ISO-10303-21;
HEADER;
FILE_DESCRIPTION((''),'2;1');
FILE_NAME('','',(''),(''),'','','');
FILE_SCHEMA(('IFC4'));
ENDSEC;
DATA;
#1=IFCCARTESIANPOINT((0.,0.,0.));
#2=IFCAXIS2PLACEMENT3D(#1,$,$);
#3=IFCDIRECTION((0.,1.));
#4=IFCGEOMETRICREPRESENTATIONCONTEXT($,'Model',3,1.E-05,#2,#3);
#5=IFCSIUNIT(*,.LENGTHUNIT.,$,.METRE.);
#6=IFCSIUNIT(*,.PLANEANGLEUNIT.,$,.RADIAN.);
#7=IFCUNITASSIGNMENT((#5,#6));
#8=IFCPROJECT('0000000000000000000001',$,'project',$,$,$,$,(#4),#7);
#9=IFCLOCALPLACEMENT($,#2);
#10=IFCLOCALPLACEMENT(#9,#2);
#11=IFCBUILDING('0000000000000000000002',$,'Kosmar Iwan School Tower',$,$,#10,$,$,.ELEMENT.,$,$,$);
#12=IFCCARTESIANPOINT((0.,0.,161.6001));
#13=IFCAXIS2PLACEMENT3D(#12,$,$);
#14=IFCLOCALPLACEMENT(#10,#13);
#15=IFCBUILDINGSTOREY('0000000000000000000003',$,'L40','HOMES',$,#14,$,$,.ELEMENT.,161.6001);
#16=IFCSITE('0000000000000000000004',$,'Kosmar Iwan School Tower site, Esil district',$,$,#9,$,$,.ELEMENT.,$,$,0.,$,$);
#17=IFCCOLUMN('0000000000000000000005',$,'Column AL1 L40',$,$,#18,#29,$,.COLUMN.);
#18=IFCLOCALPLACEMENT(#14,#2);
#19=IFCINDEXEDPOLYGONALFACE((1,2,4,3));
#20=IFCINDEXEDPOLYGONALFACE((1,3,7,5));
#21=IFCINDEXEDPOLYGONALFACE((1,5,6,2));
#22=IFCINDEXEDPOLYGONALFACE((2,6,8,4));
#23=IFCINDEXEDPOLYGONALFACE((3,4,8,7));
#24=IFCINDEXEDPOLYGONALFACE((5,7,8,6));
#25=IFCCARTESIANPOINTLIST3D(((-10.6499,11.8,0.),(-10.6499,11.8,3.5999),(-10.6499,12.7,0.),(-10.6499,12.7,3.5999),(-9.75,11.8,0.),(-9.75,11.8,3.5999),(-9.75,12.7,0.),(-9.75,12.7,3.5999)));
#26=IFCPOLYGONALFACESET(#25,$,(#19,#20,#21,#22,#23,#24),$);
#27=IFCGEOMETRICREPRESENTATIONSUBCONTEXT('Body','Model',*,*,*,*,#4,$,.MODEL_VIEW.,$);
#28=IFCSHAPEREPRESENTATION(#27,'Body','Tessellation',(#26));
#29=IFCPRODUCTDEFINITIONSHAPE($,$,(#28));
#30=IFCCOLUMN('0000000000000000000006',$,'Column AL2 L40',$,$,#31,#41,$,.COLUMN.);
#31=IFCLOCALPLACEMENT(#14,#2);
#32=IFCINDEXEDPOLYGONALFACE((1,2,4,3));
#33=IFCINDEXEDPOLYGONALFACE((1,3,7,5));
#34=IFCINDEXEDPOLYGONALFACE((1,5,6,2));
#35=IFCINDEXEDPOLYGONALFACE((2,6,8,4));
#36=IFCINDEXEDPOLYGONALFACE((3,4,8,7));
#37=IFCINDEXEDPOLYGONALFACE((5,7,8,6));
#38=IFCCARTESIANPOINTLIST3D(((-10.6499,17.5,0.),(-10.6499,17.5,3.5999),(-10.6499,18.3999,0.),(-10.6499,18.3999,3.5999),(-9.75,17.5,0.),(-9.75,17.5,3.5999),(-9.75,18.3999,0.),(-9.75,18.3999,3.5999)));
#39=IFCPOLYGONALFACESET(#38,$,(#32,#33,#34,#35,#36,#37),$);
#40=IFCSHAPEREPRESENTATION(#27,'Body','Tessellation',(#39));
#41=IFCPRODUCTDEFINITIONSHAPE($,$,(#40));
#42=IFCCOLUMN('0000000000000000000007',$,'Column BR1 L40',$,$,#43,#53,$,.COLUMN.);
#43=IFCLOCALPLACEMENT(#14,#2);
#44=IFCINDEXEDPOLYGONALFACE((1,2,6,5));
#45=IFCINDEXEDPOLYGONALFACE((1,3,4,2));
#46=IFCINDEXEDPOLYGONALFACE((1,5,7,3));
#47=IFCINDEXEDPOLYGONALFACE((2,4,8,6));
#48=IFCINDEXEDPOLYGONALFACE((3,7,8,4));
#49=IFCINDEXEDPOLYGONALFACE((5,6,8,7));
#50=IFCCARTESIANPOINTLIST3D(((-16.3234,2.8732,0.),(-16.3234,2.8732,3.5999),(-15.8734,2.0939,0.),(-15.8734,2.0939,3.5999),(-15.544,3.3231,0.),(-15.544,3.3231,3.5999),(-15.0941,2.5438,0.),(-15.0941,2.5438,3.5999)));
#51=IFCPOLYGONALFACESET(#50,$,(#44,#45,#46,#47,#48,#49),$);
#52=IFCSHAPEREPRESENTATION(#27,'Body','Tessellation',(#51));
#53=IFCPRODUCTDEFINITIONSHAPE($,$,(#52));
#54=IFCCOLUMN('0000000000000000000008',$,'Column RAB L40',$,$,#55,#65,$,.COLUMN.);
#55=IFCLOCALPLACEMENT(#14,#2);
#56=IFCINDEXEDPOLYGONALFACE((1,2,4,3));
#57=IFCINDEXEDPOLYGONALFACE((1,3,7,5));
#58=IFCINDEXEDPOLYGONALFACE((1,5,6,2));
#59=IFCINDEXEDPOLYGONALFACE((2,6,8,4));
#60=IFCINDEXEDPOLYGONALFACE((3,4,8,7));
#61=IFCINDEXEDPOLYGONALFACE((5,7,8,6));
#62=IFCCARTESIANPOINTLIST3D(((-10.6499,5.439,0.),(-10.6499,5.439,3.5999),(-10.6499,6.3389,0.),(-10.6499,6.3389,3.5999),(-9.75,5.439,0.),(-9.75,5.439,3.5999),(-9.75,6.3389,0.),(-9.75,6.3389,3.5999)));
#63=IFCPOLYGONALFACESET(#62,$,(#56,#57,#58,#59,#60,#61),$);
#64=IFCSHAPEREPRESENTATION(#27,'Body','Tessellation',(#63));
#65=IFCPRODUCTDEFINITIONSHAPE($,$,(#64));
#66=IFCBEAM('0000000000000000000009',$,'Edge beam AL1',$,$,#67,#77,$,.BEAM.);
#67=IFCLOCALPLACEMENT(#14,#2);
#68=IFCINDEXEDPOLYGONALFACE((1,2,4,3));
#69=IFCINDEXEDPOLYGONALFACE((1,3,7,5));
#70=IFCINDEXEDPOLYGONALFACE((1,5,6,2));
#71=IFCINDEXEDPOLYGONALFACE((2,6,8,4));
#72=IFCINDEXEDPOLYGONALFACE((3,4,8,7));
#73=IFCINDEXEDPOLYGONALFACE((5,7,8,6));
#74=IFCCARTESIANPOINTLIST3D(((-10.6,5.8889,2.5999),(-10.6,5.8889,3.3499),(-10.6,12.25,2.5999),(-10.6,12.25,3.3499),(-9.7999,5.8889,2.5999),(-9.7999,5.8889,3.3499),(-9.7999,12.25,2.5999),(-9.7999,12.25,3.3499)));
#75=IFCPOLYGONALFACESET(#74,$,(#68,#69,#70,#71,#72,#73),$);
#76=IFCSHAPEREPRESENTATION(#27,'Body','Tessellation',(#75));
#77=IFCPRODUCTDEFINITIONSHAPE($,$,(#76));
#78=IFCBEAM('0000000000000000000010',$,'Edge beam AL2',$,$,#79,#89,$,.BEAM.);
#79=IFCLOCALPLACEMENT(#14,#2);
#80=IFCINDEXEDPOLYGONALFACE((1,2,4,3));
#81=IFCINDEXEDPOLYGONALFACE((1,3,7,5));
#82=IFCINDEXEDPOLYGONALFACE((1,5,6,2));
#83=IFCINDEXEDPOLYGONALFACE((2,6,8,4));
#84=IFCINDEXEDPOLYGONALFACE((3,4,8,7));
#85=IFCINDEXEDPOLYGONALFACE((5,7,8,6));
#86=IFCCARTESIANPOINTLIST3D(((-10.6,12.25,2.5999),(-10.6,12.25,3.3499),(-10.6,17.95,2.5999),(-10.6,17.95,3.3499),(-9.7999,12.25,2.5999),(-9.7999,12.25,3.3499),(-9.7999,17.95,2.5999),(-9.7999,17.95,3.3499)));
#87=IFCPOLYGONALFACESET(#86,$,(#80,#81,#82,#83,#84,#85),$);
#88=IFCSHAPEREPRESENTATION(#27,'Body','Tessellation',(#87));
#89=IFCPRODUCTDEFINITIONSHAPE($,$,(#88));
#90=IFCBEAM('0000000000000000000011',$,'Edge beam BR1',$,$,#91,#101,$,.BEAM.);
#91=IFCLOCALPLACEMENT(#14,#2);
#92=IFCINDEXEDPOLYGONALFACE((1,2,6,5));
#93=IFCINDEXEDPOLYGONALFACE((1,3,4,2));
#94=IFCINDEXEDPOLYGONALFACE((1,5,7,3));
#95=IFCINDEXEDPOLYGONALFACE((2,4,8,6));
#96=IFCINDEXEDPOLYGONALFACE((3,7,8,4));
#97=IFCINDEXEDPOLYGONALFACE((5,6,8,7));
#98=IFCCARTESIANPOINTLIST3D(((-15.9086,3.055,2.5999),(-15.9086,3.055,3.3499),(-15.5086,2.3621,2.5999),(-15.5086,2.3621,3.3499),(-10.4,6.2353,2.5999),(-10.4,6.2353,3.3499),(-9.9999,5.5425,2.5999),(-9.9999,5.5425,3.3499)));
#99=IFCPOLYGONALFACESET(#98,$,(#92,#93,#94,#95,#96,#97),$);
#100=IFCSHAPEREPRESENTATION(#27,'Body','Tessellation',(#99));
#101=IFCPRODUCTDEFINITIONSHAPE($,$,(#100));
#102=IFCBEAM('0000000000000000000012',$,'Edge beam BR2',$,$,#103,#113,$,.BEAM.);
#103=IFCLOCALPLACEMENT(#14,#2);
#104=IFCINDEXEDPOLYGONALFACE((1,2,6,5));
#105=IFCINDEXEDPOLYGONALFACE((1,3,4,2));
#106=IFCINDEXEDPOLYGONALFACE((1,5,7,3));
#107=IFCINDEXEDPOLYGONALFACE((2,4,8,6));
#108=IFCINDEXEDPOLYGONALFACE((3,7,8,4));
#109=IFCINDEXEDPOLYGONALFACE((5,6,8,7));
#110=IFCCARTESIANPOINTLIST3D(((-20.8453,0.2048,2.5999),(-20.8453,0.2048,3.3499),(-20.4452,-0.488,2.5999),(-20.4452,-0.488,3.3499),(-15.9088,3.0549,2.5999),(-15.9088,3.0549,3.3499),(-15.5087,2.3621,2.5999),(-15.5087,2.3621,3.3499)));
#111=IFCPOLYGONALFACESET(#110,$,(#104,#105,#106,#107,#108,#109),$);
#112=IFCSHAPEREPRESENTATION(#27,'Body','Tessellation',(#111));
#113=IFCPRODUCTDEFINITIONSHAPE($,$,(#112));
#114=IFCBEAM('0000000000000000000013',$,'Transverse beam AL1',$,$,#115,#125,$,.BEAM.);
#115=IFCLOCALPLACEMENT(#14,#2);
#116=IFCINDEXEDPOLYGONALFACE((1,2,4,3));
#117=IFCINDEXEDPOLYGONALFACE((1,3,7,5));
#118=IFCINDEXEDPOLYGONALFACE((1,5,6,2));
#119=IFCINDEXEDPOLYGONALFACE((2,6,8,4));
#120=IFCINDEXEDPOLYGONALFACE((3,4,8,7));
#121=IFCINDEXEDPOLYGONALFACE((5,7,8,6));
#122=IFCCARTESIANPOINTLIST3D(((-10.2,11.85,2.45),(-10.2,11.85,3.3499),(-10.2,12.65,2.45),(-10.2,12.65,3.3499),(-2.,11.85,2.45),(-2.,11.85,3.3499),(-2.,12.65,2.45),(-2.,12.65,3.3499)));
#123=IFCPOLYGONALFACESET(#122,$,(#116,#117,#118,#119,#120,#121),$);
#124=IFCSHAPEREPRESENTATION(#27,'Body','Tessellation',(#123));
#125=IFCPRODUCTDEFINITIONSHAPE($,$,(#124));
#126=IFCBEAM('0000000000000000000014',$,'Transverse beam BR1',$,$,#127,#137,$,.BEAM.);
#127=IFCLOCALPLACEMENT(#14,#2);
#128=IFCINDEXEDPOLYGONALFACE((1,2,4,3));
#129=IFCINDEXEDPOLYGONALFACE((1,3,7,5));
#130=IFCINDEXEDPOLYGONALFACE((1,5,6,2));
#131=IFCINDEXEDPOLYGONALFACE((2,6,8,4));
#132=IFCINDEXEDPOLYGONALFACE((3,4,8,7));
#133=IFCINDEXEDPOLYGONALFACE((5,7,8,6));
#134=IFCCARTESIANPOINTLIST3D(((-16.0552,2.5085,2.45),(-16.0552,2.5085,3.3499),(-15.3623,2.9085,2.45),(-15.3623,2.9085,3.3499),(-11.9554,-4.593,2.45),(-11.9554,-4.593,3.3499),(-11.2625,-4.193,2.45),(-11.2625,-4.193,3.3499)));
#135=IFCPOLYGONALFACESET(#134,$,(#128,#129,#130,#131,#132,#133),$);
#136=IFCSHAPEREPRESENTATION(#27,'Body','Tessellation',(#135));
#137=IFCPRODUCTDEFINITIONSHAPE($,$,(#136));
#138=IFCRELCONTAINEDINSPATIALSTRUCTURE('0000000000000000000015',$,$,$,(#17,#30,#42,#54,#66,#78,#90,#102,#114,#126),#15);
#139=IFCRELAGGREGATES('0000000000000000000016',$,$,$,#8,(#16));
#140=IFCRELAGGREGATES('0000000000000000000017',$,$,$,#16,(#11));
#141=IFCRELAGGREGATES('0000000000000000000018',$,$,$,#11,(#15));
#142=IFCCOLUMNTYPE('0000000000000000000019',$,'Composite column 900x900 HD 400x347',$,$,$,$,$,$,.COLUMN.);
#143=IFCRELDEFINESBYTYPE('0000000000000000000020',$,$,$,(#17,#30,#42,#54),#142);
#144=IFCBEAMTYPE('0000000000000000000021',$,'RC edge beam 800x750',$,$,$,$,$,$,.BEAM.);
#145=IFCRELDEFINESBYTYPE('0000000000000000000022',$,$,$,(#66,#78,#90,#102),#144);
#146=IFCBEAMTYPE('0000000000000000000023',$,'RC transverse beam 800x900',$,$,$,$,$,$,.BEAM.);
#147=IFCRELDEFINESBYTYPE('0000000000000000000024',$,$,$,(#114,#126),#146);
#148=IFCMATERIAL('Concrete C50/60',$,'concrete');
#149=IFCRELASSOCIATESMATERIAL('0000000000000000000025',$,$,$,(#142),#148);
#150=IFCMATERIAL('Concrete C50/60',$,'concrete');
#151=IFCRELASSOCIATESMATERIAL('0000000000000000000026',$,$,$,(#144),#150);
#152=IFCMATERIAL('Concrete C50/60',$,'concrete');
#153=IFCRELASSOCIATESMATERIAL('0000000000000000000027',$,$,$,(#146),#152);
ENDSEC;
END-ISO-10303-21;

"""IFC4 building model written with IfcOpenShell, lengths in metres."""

from ifc_helpers import new_model, si_unit, direction, frame, origin, origin_2d, place, context, subcontext, project, spatial, rectangle, extrude, material, material_profile, profile_set, type_object, element, save


model = new_model("IFC4")

# Units and contexts
model_context = context("Model", 3, precision=1e-05, world=origin(), true_north=direction((0.0, 1.0)))
body_context = subcontext(model_context, "Body", "Model", "MODEL_VIEW")
ifc_project = project(units=[si_unit("LENGTHUNIT", "METRE"), si_unit("PLANEANGLEUNIT", "RADIAN")], contexts=[model_context])

# Site, building, storey
site_placement = place(None, origin())
site = spatial("IfcSite", under=ifc_project, at=site_placement, Name="Kosmar Iwan School Tower site, Esil district", CompositionType="ELEMENT", RefElevation=0.0)
building_placement = place(site_placement, origin())
building = spatial("IfcBuilding", under=site, at=building_placement, Name="Kosmar Iwan School Tower", CompositionType="ELEMENT")
storey_placement = place(building_placement, frame((0.0, 0.0, 161.6001)))
storey = spatial("IfcBuildingStorey", under=building, at=storey_placement, Name="L40", Description="HOMES", CompositionType="ELEMENT", Elevation=161.6001)

# Columns
ifc_material_1 = material(Name="Concrete C50/60", Category="concrete")
ifc_material_profile_1 = material_profile(ifc_material_1, rectangle(XDim=0.8999, YDim=0.8999, at=origin_2d()), Name="RC 900x900 + HD 400x347")
ifc_profile_set_1 = profile_set([ifc_material_profile_1], Name="Concrete C50/60")
column_type = type_object("IfcColumnType", Name="Composite column 900x900 HD 400x347", PredefinedType="COLUMN", material=ifc_profile_set_1)
for number, where, z_axis, x_axis, name in (
    (1, (-10.2, 12.25, 0.0), (0.0, 0.0, 1.0), (0.0, 1.0, 0.0), "Column AL1 L40"),
    (2, (-10.2, 17.95, 0.0), (0.0, 0.0, 1.0), (0.0, 1.0, 0.0), "Column AL2 L40"),
    (3, (-15.7087, 2.7085, 0.0), (0.0, 0.0, 1.0), (-0.866025, -0.5, 0.0), "Column BR1 L40"),
    (4, (-10.2, 5.8889, 0.0), (0.0, 0.0, 1.0), (1.0, 0.0, 0.0), "Column RAB L40"),
):
    element("IfcColumn", number, at=place(storey_placement, frame(where, z_axis=z_axis, x_axis=x_axis)), inside=storey, type_object=column_type, Name=name, PredefinedType="COLUMN", context=body_context, shape_type="SweptSolid", body=[
        extrude(rectangle(XDim=0.8999, YDim=0.8999, at=origin_2d()), origin(), (0.0, 0.0, 1.0), 3.5999),
    ])

# Beams
ifc_material_2 = material(Name="Concrete C50/60", Category="concrete")
ifc_material_profile_2 = material_profile(ifc_material_2, rectangle(XDim=0.8, YDim=0.75, at=origin_2d()), Name="RC 800x750")
ifc_profile_set_2 = profile_set([ifc_material_profile_2], Name="Concrete C50/60")
beam_type_1 = type_object("IfcBeamType", Name="RC edge beam 800x750", PredefinedType="BEAM", material=ifc_profile_set_2)
beam_1_placement = place(storey_placement, frame((-10.2, 5.8889, 2.9749), z_axis=(0.0, 1.0, 0.0), x_axis=(-1.0, 0.0, 0.0)))
element("IfcBeam", 5, at=beam_1_placement, inside=storey, type_object=beam_type_1, Name="Edge beam AL1", PredefinedType="BEAM", context=body_context, shape_type="SweptSolid", body=[
    extrude(rectangle(XDim=0.8, YDim=0.75, at=origin_2d()), origin(), (0.0, 0.0, 1.0), 6.3611),
])
beam_2_placement = place(storey_placement, frame((-10.2, 12.25, 2.9749), z_axis=(0.0, 1.0, 0.0), x_axis=(-1.0, 0.0, 0.0)))
element("IfcBeam", 6, at=beam_2_placement, inside=storey, type_object=beam_type_1, Name="Edge beam AL2", PredefinedType="BEAM", context=body_context, shape_type="SweptSolid", body=[
    extrude(rectangle(XDim=0.8, YDim=0.75, at=origin_2d()), origin(), (0.0, 0.0, 1.0), 5.7),
])
beam_3_placement = place(storey_placement, frame((-10.2, 5.8889, 2.9749), z_axis=(-0.866031, -0.49999, 0.0), x_axis=(0.49999, -0.866031, 0.0)))
element("IfcBeam", 7, at=beam_3_placement, inside=storey, type_object=beam_type_1, Name="Edge beam BR1", PredefinedType="BEAM", context=body_context, shape_type="SweptSolid", body=[
    extrude(rectangle(XDim=0.8, YDim=0.75, at=origin_2d()), origin(), (0.0, 0.0, 1.0), 6.3608),
])
beam_4_placement = place(storey_placement, frame((-15.7087, 2.7085, 2.9749), z_axis=(-0.866026, -0.499999, 0.0), x_axis=(0.499999, -0.866026, 0.0)))
element("IfcBeam", 8, at=beam_4_placement, inside=storey, type_object=beam_type_1, Name="Edge beam BR2", PredefinedType="BEAM", context=body_context, shape_type="SweptSolid", body=[
    extrude(rectangle(XDim=0.8, YDim=0.75, at=origin_2d()), origin(), (0.0, 0.0, 1.0), 5.7002),
])
ifc_material_3 = material(Name="Concrete C50/60", Category="concrete")
ifc_material_profile_3 = material_profile(ifc_material_3, rectangle(XDim=0.8, YDim=0.8999, at=origin_2d()), Name="RC 800x900")
ifc_profile_set_3 = profile_set([ifc_material_profile_3], Name="Concrete C50/60")
beam_type_2 = type_object("IfcBeamType", Name="RC transverse beam 800x900", PredefinedType="BEAM", material=ifc_profile_set_3)
for number, where, z_axis, x_axis, name in (
    (9, (-10.2, 12.25, 2.8999), (1.0, 0.0, 0.0), (0.0, 1.0, 0.0), "Transverse beam AL1"),
    (10, (-15.7087, 2.7085, 2.8999), (0.499978, -0.866038, 0.0), (0.866038, 0.499978, 0.0), "Transverse beam BR1"),
):
    element("IfcBeam", number, at=place(storey_placement, frame(where, z_axis=z_axis, x_axis=x_axis)), inside=storey, type_object=beam_type_2, Name=name, PredefinedType="BEAM", context=body_context, shape_type="SweptSolid", body=[
        extrude(rectangle(XDim=0.8, YDim=0.8999, at=origin_2d()), origin(), (0.0, 0.0, 1.0), 8.2),
    ])

save(model, "model.ifc")
